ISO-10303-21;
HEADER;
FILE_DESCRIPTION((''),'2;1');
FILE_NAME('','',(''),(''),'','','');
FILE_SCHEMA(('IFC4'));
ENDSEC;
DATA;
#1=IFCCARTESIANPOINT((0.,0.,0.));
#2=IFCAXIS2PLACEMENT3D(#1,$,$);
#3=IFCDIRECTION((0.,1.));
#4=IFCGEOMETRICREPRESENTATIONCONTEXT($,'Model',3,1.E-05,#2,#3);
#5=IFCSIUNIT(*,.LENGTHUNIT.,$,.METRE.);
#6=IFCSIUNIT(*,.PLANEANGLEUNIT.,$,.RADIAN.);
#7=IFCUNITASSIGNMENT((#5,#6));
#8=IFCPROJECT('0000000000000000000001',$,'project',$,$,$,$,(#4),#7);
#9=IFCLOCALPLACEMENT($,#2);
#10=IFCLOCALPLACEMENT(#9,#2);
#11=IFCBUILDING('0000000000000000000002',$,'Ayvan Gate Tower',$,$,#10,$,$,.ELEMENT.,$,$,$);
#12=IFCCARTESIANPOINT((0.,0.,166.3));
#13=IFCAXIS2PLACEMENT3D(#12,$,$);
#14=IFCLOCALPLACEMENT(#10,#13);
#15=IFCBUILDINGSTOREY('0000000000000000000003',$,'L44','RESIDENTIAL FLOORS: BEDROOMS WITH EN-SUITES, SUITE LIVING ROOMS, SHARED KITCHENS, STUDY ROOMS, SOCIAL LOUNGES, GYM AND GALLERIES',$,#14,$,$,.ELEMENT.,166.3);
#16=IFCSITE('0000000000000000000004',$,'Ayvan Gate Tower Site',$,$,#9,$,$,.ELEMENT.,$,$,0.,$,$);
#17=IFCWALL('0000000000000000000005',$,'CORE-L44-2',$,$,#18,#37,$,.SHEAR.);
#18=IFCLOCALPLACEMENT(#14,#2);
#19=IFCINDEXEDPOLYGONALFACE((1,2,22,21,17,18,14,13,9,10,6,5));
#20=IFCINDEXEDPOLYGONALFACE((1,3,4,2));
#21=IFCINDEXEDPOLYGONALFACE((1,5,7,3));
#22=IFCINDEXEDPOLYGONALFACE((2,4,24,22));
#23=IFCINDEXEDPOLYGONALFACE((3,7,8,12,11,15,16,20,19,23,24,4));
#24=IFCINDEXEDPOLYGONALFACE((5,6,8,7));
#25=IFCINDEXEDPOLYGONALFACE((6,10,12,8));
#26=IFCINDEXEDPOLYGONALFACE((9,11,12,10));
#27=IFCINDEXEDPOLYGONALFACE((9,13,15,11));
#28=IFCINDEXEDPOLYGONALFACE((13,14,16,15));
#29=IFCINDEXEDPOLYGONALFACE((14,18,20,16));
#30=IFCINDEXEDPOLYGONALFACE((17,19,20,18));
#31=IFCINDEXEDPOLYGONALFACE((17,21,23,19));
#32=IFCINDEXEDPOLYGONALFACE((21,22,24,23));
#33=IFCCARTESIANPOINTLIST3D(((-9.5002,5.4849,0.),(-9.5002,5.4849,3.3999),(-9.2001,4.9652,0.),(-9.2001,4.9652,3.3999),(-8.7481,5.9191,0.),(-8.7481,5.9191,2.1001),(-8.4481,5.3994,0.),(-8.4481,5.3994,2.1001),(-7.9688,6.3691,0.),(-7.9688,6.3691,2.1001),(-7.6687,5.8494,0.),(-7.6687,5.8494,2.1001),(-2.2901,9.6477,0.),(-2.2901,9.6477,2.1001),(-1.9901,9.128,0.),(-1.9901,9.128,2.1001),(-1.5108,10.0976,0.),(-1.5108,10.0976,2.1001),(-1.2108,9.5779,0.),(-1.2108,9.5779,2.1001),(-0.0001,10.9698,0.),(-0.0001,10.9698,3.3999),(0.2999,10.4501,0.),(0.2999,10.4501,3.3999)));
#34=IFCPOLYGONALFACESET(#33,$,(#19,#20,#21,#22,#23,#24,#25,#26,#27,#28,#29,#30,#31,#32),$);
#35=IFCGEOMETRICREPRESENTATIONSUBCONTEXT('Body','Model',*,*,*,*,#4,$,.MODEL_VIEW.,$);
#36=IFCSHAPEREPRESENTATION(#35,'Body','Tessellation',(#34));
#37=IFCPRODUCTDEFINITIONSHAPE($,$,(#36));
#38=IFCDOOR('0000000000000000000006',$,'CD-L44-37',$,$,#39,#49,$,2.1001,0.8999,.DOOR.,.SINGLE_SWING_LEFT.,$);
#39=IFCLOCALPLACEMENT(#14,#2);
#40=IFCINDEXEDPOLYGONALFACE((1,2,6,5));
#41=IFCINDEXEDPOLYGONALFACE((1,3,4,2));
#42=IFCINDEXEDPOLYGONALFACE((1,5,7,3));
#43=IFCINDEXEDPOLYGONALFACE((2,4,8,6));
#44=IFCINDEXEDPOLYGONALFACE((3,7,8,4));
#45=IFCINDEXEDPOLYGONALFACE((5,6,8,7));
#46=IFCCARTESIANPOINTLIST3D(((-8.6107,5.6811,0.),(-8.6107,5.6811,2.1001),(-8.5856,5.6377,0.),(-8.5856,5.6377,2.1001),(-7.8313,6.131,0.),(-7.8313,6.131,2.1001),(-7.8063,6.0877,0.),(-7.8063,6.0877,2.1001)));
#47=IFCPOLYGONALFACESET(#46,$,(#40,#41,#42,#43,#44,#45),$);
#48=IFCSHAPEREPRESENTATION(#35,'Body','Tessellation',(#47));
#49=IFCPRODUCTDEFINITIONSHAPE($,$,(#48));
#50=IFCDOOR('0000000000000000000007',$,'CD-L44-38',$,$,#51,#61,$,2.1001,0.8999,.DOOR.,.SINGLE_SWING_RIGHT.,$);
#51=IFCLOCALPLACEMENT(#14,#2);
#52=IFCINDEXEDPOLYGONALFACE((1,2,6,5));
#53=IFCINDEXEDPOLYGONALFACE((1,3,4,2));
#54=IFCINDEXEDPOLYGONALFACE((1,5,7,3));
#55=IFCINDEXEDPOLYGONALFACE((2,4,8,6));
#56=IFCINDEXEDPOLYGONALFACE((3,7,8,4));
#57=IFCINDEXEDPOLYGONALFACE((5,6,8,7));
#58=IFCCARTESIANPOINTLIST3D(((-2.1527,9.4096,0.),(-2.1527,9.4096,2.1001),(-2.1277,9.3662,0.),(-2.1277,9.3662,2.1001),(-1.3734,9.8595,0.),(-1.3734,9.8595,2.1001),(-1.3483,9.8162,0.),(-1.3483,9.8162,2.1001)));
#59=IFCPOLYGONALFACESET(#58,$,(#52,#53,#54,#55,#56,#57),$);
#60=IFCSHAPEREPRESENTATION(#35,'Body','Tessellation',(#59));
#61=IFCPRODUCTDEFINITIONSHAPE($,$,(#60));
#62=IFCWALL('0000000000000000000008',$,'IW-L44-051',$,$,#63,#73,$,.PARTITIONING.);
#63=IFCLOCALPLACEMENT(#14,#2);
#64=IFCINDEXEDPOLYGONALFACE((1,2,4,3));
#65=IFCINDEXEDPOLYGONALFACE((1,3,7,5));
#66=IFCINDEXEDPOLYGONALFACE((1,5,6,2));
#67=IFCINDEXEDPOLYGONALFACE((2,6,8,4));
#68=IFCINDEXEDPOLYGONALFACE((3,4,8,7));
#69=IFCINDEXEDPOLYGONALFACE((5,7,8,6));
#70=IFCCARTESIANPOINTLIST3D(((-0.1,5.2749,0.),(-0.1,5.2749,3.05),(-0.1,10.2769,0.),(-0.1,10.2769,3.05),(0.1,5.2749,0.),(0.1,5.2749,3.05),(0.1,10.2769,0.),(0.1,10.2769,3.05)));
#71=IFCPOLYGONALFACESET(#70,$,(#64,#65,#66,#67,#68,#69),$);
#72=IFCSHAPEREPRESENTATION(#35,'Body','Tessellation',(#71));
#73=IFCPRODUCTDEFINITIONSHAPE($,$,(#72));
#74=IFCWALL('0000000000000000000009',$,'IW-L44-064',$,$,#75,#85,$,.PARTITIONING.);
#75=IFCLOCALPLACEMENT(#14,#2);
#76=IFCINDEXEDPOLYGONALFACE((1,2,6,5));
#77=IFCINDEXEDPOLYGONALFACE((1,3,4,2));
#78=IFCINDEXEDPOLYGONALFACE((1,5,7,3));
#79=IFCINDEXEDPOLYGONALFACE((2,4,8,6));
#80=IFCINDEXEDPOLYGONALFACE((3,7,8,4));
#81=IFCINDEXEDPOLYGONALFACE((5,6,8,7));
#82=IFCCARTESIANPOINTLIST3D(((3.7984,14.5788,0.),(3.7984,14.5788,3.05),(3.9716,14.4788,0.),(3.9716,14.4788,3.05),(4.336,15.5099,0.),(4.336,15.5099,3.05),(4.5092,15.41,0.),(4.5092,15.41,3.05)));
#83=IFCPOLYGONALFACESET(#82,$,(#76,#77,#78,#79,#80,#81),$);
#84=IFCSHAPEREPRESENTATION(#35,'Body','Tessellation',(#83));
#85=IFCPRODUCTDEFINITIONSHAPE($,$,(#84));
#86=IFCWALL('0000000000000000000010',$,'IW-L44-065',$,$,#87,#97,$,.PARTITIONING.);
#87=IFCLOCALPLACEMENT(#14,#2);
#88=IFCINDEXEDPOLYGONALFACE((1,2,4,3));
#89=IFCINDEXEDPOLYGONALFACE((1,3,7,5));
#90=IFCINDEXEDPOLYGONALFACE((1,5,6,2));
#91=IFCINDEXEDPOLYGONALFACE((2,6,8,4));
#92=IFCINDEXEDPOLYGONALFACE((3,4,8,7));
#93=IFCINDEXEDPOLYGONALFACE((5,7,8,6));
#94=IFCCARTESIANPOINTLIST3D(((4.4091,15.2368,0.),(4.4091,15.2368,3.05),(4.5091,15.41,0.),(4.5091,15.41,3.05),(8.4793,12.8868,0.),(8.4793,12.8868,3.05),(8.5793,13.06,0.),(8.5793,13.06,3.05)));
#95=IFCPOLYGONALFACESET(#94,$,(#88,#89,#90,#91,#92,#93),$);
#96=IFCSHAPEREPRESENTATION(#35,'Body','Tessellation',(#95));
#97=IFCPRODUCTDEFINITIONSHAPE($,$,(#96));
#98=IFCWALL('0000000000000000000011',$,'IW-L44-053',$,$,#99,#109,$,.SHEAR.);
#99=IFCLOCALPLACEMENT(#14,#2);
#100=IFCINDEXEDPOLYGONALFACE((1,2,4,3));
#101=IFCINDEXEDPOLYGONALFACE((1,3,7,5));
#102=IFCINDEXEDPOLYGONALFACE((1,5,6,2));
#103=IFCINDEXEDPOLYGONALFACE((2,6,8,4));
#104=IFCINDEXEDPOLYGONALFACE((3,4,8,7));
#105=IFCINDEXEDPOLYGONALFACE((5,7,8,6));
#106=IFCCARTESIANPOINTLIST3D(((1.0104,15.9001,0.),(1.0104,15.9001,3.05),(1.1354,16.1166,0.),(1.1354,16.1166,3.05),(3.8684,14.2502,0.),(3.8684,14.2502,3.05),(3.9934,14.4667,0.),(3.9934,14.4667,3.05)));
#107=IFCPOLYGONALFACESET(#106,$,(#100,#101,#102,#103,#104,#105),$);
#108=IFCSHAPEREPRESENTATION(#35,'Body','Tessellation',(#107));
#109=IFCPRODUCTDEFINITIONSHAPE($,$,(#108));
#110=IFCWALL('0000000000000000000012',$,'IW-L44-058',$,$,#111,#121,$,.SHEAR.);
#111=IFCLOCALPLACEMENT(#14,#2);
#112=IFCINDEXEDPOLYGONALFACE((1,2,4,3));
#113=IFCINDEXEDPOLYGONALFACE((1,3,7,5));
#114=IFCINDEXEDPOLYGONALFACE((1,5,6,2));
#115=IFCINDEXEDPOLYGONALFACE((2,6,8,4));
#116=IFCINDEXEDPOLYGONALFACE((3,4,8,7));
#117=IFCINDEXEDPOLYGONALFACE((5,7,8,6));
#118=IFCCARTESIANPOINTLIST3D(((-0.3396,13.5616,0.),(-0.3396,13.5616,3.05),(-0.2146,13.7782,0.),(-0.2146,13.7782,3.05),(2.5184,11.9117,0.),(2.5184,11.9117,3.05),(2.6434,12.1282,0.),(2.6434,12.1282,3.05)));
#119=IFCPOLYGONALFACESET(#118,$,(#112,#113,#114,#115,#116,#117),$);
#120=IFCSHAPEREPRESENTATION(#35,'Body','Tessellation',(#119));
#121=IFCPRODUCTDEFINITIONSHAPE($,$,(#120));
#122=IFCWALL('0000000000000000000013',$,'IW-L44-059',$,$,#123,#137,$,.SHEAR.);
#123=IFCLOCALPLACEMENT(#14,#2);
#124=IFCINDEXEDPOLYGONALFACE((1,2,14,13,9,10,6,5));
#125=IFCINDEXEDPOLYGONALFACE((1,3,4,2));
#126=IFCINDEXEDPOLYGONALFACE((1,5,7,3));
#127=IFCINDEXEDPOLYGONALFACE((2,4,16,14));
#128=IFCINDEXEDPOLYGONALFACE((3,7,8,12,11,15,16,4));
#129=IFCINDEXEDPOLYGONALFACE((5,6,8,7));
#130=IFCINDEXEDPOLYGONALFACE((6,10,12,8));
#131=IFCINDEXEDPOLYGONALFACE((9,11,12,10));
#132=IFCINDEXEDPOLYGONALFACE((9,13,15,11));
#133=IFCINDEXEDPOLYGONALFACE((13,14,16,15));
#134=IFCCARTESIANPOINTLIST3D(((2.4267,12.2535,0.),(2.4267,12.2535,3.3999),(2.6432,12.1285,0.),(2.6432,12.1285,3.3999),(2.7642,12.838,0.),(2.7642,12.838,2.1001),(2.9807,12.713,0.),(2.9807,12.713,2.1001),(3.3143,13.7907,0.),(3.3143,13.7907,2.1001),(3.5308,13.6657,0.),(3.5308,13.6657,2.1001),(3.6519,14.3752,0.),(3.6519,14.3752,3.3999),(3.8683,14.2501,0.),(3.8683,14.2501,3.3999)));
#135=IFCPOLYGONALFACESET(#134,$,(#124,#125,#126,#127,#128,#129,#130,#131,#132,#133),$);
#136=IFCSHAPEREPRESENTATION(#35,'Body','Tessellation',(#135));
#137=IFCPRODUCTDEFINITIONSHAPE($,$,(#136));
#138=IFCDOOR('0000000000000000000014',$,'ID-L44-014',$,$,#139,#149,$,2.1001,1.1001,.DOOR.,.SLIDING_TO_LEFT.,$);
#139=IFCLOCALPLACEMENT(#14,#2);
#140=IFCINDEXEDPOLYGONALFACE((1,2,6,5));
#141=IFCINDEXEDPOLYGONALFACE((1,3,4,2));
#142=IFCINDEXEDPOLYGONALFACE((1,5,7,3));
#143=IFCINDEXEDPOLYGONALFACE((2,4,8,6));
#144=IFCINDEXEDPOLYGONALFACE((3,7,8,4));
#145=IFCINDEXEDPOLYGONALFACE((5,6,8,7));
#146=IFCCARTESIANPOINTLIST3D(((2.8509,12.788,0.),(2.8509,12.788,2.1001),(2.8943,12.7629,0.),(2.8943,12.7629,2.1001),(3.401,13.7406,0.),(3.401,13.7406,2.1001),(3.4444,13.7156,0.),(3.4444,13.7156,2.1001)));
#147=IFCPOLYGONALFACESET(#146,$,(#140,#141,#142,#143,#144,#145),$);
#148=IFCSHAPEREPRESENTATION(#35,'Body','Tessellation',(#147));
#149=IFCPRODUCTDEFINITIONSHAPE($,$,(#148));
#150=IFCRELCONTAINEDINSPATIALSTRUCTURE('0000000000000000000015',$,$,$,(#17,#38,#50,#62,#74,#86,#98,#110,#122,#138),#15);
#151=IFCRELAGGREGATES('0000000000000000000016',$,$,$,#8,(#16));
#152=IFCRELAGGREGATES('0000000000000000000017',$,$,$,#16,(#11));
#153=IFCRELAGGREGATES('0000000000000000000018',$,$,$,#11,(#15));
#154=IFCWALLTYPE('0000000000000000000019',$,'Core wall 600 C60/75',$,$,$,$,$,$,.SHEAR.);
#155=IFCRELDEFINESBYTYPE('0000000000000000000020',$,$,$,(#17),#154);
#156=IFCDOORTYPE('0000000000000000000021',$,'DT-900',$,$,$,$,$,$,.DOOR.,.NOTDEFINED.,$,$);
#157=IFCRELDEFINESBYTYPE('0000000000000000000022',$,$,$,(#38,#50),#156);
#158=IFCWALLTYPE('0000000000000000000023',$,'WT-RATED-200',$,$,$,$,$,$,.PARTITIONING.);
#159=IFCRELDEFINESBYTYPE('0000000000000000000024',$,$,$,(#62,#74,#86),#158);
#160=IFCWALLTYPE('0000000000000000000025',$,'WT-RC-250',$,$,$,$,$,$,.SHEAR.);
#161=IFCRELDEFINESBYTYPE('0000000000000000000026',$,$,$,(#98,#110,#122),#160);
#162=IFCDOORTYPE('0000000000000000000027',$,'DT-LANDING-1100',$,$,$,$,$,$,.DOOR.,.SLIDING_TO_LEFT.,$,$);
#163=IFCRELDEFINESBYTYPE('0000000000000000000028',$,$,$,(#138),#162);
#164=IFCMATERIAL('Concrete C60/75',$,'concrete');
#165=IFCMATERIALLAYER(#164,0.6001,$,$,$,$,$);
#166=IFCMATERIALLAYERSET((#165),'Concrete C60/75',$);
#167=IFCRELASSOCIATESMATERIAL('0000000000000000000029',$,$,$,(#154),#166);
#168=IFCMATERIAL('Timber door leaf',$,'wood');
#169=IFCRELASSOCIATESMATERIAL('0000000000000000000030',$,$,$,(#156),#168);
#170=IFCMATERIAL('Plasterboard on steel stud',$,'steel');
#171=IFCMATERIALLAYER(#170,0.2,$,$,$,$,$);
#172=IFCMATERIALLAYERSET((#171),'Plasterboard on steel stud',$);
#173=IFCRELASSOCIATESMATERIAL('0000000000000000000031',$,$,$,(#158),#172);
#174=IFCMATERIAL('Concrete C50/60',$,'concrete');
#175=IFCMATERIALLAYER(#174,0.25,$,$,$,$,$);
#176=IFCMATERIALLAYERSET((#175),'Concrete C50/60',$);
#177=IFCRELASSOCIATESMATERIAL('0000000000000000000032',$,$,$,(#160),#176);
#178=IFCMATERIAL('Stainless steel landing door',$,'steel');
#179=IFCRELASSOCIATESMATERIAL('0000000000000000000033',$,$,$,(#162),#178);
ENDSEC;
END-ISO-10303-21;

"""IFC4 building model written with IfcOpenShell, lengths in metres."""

from ifc_helpers import new_model, si_unit, direction, frame, frame_2d, origin, place, context, subcontext, project, spatial, rectangle, extrude, material, layer, layer_set, type_object, element, fill, save


model = new_model("IFC4")

# Units and contexts
model_context = context("Model", 3, precision=1e-05, world=origin(), true_north=direction((0.0, 1.0)))
body_context = subcontext(model_context, "Body", "Model", "MODEL_VIEW")
ifc_project = project(units=[si_unit("LENGTHUNIT", "METRE"), si_unit("PLANEANGLEUNIT", "RADIAN")], contexts=[model_context])

# Site, building, storey
site_placement = place(None, origin())
site = spatial("IfcSite", under=ifc_project, at=site_placement, Name="Ayvan Gate Tower Site", CompositionType="ELEMENT", RefElevation=0.0)
building_placement = place(site_placement, origin())
building = spatial("IfcBuilding", under=site, at=building_placement, Name="Ayvan Gate Tower", CompositionType="ELEMENT")
storey_placement = place(building_placement, frame((0.0, 0.0, 166.3)))
storey = spatial("IfcBuildingStorey", under=building, at=storey_placement, Name="L44", Description="RESIDENTIAL FLOORS: BEDROOMS WITH EN-SUITES, SUITE LIVING ROOMS, SHARED KITCHENS, STUDY ROOMS, SOCIAL LOUNGES, GYM AND GALLERIES", CompositionType="ELEMENT", Elevation=166.3)

# Wall, openings, doors
ifc_material_1 = material(Name="Concrete C60/75", Category="concrete")
ifc_layer_1 = layer(ifc_material_1, 0.6001)
ifc_layer_set_1 = layer_set([ifc_layer_1], Name="Concrete C60/75")
wall_type_1 = type_object("IfcWallType", Name="Core wall 600 C60/75", PredefinedType="SHEAR", material=ifc_layer_set_1)
wall_1_placement = place(storey_placement, frame((0.1499, 10.71, 0.0), z_axis=(0.0, 0.0, 1.0), x_axis=(-0.866024, -0.500002, 0.0)))
wall_1 = element("IfcWall", 1, at=wall_1_placement, inside=storey, type_object=wall_type_1, Name="CORE-L44-2", PredefinedType="SHEAR", context=body_context, shape_type="SweptSolid", body=[
    extrude(rectangle(XDim=10.9697, YDim=0.6001, at=frame_2d((5.4849, 0.0))), origin(), (0.0, 0.0, 1.0), 3.3999),
])
opening_1_placement = place(wall_1_placement, frame((9.2014, 0.0, 0.0)))
opening_1 = element("IfcOpeningElement", 2, at=opening_1_placement, cuts=wall_1, PredefinedType="OPENING", context=body_context, shape_type="SweptSolid", body=[
    extrude(rectangle(XDim=0.8999, YDim=2.1001, at=frame_2d((0.45, 1.05))), frame((0.0, 0.3101, 0.0), z_axis=(0.0, -1.0, 0.0), x_axis=(1.0, 0.0, 0.0)), (0.0, 0.0, 1.0), 0.6201),
])
opening_2_placement = place(wall_1_placement, frame((1.7444, 0.0, 0.0)))
opening_2 = element("IfcOpeningElement", 3, at=opening_2_placement, cuts=wall_1, PredefinedType="OPENING", context=body_context, shape_type="SweptSolid", body=[
    extrude(rectangle(XDim=0.8999, YDim=2.1001, at=frame_2d((0.45, 1.05))), frame((0.0, 0.3101, 0.0), z_axis=(0.0, -1.0, 0.0), x_axis=(1.0, 0.0, 0.0)), (0.0, 0.0, 1.0), 0.6201),
])
ifc_material_2 = material(Name="Timber door leaf", Category="wood")
door_type_1 = type_object("IfcDoorType", Name="DT-900", OperationType="NOTDEFINED", PredefinedType="DOOR", material=ifc_material_2)
door_1_placement = place(opening_1_placement, origin())
door_1 = element("IfcDoor", 4, at=door_1_placement, inside=storey, type_object=door_type_1, Name="CD-L44-37", OperationType="SINGLE_SWING_LEFT", OverallHeight=2.1001, OverallWidth=0.8999, PredefinedType="DOOR", context=body_context, shape_type="SweptSolid", body=[
    extrude(rectangle(XDim=0.8999, YDim=2.1001, at=frame_2d((0.45, 1.05))), frame((0.0, 0.0249, 0.0), z_axis=(0.0, -1.0, 0.0), x_axis=(1.0, 0.0, 0.0)), (0.0, 0.0, 1.0), 0.05),
])
fill(opening_1, door_1)
door_2_placement = place(opening_2_placement, origin())
door_2 = element("IfcDoor", 5, at=door_2_placement, inside=storey, type_object=door_type_1, Name="CD-L44-38", OperationType="SINGLE_SWING_RIGHT", OverallHeight=2.1001, OverallWidth=0.8999, PredefinedType="DOOR", context=body_context, shape_type="SweptSolid", body=[
    extrude(rectangle(XDim=0.8999, YDim=2.1001, at=frame_2d((0.45, 1.05))), frame((0.0, 0.0249, 0.0), z_axis=(0.0, -1.0, 0.0), x_axis=(1.0, 0.0, 0.0)), (0.0, 0.0, 1.0), 0.05),
])
fill(opening_2, door_2)

# Walls
ifc_material_3 = material(Name="Plasterboard on steel stud", Category="steel")
ifc_layer_2 = layer(ifc_material_3, 0.2)
ifc_layer_set_2 = layer_set([ifc_layer_2], Name="Plasterboard on steel stud")
wall_type_2 = type_object("IfcWallType", Name="WT-RATED-200", PredefinedType="PARTITIONING", material=ifc_layer_set_2)
wall_2_placement = place(storey_placement, frame((0.0, 10.2769, 0.0), z_axis=(0.0, 0.0, 1.0), x_axis=(0.0, -1.0, 0.0)))
element("IfcWall", 6, at=wall_2_placement, inside=storey, type_object=wall_type_2, Name="IW-L44-051", PredefinedType="PARTITIONING", context=body_context, shape_type="SweptSolid", body=[
    extrude(rectangle(XDim=5.002, YDim=0.2, at=frame_2d((2.501, 0.0))), origin(), (0.0, 0.0, 1.0), 3.05),
])
wall_3_placement = place(storey_placement, frame((3.885, 14.5288, 0.0), z_axis=(0.0, 0.0, 1.0), x_axis=(0.499998, 0.866027, 0.0)))
element("IfcWall", 7, at=wall_3_placement, inside=storey, type_object=wall_type_2, Name="IW-L44-064", PredefinedType="PARTITIONING", context=body_context, shape_type="SweptSolid", body=[
    extrude(rectangle(XDim=1.0752, YDim=0.2, at=frame_2d((0.5376, 0.0))), origin(), (0.0, 0.0, 1.0), 3.05),
])
wall_4_placement = place(storey_placement, frame((4.459, 15.3235, 0.0), z_axis=(0.0, 0.0, 1.0), x_axis=(0.866016, -0.500016, 0.0)))
element("IfcWall", 8, at=wall_4_placement, inside=storey, type_object=wall_type_2, Name="IW-L44-065", PredefinedType="PARTITIONING", context=body_context, shape_type="SweptSolid", body=[
    extrude(rectangle(XDim=4.7, YDim=0.2, at=frame_2d((2.3501, 0.0))), origin(), (0.0, 0.0, 1.0), 3.05),
])
ifc_material_4 = material(Name="Concrete C50/60", Category="concrete")
ifc_layer_3 = layer(ifc_material_4, 0.25)
ifc_layer_set_3 = layer_set([ifc_layer_3], Name="Concrete C50/60")
wall_type_3 = type_object("IfcWallType", Name="WT-RC-250", PredefinedType="SHEAR", material=ifc_layer_set_3)
for number, where, z_axis, x_axis, name in (
    (9, (1.073, 16.0083, 0.0), (0.0, 0.0, 1.0), (0.86604, -0.499974, 0.0), "IW-L44-053"),
    (10, (2.5808, 12.02, 0.0), (0.0, 0.0, 1.0), (-0.86604, 0.499974, 0.0), "IW-L44-058"),
):
    element("IfcWall", number, at=place(storey_placement, frame(where, z_axis=z_axis, x_axis=x_axis)), inside=storey, type_object=wall_type_3, Name=name, PredefinedType="SHEAR", context=body_context, shape_type="SweptSolid", body=[
        extrude(rectangle(XDim=3.3, YDim=0.25, at=frame_2d((1.6499, 0.0))), origin(), (0.0, 0.0, 1.0), 3.05),
    ])

# Wall, opening, door
wall_5_placement = place(storey_placement, frame((2.5349, 12.1909, 0.0), z_axis=(0.0, 0.0, 1.0), x_axis=(0.500062, 0.86599, 0.0)))
wall_5 = element("IfcWall", 11, at=wall_5_placement, inside=storey, type_object=wall_type_3, Name="IW-L44-059", PredefinedType="SHEAR", context=body_context, shape_type="SweptSolid", body=[
    extrude(rectangle(XDim=2.45, YDim=0.25, at=frame_2d((1.2251, 0.0))), origin(), (0.0, 0.0, 1.0), 3.3999),
])
opening_3_placement = place(wall_5_placement, frame((0.675, 0.0, 0.0)))
opening_3 = element("IfcOpeningElement", 12, at=opening_3_placement, cuts=wall_5, PredefinedType="OPENING", context=body_context, shape_type="SweptSolid", body=[
    extrude(rectangle(XDim=1.1001, YDim=2.1001, at=frame_2d((0.55, 1.05))), frame((0.0, 0.135, 0.0), z_axis=(0.0, -1.0, 0.0), x_axis=(1.0, 0.0, 0.0)), (0.0, 0.0, 1.0), 0.27),
])
ifc_material_5 = material(Name="Stainless steel landing door", Category="steel")
door_type_2 = type_object("IfcDoorType", Name="DT-LANDING-1100", OperationType="SLIDING_TO_LEFT", PredefinedType="DOOR", material=ifc_material_5)
door_3_placement = place(opening_3_placement, origin())
door_3 = element("IfcDoor", 13, at=door_3_placement, inside=storey, type_object=door_type_2, Name="ID-L44-014", OperationType="SLIDING_TO_LEFT", OverallHeight=2.1001, OverallWidth=1.1001, PredefinedType="DOOR", context=body_context, shape_type="SweptSolid", body=[
    extrude(rectangle(XDim=1.1001, YDim=2.1001, at=frame_2d((0.55, 1.05))), frame((0.0, 0.0249, 0.0), z_axis=(0.0, -1.0, 0.0), x_axis=(1.0, 0.0, 0.0)), (0.0, 0.0, 1.0), 0.05),
])
fill(opening_3, door_3)

save(model, "model.ifc")
